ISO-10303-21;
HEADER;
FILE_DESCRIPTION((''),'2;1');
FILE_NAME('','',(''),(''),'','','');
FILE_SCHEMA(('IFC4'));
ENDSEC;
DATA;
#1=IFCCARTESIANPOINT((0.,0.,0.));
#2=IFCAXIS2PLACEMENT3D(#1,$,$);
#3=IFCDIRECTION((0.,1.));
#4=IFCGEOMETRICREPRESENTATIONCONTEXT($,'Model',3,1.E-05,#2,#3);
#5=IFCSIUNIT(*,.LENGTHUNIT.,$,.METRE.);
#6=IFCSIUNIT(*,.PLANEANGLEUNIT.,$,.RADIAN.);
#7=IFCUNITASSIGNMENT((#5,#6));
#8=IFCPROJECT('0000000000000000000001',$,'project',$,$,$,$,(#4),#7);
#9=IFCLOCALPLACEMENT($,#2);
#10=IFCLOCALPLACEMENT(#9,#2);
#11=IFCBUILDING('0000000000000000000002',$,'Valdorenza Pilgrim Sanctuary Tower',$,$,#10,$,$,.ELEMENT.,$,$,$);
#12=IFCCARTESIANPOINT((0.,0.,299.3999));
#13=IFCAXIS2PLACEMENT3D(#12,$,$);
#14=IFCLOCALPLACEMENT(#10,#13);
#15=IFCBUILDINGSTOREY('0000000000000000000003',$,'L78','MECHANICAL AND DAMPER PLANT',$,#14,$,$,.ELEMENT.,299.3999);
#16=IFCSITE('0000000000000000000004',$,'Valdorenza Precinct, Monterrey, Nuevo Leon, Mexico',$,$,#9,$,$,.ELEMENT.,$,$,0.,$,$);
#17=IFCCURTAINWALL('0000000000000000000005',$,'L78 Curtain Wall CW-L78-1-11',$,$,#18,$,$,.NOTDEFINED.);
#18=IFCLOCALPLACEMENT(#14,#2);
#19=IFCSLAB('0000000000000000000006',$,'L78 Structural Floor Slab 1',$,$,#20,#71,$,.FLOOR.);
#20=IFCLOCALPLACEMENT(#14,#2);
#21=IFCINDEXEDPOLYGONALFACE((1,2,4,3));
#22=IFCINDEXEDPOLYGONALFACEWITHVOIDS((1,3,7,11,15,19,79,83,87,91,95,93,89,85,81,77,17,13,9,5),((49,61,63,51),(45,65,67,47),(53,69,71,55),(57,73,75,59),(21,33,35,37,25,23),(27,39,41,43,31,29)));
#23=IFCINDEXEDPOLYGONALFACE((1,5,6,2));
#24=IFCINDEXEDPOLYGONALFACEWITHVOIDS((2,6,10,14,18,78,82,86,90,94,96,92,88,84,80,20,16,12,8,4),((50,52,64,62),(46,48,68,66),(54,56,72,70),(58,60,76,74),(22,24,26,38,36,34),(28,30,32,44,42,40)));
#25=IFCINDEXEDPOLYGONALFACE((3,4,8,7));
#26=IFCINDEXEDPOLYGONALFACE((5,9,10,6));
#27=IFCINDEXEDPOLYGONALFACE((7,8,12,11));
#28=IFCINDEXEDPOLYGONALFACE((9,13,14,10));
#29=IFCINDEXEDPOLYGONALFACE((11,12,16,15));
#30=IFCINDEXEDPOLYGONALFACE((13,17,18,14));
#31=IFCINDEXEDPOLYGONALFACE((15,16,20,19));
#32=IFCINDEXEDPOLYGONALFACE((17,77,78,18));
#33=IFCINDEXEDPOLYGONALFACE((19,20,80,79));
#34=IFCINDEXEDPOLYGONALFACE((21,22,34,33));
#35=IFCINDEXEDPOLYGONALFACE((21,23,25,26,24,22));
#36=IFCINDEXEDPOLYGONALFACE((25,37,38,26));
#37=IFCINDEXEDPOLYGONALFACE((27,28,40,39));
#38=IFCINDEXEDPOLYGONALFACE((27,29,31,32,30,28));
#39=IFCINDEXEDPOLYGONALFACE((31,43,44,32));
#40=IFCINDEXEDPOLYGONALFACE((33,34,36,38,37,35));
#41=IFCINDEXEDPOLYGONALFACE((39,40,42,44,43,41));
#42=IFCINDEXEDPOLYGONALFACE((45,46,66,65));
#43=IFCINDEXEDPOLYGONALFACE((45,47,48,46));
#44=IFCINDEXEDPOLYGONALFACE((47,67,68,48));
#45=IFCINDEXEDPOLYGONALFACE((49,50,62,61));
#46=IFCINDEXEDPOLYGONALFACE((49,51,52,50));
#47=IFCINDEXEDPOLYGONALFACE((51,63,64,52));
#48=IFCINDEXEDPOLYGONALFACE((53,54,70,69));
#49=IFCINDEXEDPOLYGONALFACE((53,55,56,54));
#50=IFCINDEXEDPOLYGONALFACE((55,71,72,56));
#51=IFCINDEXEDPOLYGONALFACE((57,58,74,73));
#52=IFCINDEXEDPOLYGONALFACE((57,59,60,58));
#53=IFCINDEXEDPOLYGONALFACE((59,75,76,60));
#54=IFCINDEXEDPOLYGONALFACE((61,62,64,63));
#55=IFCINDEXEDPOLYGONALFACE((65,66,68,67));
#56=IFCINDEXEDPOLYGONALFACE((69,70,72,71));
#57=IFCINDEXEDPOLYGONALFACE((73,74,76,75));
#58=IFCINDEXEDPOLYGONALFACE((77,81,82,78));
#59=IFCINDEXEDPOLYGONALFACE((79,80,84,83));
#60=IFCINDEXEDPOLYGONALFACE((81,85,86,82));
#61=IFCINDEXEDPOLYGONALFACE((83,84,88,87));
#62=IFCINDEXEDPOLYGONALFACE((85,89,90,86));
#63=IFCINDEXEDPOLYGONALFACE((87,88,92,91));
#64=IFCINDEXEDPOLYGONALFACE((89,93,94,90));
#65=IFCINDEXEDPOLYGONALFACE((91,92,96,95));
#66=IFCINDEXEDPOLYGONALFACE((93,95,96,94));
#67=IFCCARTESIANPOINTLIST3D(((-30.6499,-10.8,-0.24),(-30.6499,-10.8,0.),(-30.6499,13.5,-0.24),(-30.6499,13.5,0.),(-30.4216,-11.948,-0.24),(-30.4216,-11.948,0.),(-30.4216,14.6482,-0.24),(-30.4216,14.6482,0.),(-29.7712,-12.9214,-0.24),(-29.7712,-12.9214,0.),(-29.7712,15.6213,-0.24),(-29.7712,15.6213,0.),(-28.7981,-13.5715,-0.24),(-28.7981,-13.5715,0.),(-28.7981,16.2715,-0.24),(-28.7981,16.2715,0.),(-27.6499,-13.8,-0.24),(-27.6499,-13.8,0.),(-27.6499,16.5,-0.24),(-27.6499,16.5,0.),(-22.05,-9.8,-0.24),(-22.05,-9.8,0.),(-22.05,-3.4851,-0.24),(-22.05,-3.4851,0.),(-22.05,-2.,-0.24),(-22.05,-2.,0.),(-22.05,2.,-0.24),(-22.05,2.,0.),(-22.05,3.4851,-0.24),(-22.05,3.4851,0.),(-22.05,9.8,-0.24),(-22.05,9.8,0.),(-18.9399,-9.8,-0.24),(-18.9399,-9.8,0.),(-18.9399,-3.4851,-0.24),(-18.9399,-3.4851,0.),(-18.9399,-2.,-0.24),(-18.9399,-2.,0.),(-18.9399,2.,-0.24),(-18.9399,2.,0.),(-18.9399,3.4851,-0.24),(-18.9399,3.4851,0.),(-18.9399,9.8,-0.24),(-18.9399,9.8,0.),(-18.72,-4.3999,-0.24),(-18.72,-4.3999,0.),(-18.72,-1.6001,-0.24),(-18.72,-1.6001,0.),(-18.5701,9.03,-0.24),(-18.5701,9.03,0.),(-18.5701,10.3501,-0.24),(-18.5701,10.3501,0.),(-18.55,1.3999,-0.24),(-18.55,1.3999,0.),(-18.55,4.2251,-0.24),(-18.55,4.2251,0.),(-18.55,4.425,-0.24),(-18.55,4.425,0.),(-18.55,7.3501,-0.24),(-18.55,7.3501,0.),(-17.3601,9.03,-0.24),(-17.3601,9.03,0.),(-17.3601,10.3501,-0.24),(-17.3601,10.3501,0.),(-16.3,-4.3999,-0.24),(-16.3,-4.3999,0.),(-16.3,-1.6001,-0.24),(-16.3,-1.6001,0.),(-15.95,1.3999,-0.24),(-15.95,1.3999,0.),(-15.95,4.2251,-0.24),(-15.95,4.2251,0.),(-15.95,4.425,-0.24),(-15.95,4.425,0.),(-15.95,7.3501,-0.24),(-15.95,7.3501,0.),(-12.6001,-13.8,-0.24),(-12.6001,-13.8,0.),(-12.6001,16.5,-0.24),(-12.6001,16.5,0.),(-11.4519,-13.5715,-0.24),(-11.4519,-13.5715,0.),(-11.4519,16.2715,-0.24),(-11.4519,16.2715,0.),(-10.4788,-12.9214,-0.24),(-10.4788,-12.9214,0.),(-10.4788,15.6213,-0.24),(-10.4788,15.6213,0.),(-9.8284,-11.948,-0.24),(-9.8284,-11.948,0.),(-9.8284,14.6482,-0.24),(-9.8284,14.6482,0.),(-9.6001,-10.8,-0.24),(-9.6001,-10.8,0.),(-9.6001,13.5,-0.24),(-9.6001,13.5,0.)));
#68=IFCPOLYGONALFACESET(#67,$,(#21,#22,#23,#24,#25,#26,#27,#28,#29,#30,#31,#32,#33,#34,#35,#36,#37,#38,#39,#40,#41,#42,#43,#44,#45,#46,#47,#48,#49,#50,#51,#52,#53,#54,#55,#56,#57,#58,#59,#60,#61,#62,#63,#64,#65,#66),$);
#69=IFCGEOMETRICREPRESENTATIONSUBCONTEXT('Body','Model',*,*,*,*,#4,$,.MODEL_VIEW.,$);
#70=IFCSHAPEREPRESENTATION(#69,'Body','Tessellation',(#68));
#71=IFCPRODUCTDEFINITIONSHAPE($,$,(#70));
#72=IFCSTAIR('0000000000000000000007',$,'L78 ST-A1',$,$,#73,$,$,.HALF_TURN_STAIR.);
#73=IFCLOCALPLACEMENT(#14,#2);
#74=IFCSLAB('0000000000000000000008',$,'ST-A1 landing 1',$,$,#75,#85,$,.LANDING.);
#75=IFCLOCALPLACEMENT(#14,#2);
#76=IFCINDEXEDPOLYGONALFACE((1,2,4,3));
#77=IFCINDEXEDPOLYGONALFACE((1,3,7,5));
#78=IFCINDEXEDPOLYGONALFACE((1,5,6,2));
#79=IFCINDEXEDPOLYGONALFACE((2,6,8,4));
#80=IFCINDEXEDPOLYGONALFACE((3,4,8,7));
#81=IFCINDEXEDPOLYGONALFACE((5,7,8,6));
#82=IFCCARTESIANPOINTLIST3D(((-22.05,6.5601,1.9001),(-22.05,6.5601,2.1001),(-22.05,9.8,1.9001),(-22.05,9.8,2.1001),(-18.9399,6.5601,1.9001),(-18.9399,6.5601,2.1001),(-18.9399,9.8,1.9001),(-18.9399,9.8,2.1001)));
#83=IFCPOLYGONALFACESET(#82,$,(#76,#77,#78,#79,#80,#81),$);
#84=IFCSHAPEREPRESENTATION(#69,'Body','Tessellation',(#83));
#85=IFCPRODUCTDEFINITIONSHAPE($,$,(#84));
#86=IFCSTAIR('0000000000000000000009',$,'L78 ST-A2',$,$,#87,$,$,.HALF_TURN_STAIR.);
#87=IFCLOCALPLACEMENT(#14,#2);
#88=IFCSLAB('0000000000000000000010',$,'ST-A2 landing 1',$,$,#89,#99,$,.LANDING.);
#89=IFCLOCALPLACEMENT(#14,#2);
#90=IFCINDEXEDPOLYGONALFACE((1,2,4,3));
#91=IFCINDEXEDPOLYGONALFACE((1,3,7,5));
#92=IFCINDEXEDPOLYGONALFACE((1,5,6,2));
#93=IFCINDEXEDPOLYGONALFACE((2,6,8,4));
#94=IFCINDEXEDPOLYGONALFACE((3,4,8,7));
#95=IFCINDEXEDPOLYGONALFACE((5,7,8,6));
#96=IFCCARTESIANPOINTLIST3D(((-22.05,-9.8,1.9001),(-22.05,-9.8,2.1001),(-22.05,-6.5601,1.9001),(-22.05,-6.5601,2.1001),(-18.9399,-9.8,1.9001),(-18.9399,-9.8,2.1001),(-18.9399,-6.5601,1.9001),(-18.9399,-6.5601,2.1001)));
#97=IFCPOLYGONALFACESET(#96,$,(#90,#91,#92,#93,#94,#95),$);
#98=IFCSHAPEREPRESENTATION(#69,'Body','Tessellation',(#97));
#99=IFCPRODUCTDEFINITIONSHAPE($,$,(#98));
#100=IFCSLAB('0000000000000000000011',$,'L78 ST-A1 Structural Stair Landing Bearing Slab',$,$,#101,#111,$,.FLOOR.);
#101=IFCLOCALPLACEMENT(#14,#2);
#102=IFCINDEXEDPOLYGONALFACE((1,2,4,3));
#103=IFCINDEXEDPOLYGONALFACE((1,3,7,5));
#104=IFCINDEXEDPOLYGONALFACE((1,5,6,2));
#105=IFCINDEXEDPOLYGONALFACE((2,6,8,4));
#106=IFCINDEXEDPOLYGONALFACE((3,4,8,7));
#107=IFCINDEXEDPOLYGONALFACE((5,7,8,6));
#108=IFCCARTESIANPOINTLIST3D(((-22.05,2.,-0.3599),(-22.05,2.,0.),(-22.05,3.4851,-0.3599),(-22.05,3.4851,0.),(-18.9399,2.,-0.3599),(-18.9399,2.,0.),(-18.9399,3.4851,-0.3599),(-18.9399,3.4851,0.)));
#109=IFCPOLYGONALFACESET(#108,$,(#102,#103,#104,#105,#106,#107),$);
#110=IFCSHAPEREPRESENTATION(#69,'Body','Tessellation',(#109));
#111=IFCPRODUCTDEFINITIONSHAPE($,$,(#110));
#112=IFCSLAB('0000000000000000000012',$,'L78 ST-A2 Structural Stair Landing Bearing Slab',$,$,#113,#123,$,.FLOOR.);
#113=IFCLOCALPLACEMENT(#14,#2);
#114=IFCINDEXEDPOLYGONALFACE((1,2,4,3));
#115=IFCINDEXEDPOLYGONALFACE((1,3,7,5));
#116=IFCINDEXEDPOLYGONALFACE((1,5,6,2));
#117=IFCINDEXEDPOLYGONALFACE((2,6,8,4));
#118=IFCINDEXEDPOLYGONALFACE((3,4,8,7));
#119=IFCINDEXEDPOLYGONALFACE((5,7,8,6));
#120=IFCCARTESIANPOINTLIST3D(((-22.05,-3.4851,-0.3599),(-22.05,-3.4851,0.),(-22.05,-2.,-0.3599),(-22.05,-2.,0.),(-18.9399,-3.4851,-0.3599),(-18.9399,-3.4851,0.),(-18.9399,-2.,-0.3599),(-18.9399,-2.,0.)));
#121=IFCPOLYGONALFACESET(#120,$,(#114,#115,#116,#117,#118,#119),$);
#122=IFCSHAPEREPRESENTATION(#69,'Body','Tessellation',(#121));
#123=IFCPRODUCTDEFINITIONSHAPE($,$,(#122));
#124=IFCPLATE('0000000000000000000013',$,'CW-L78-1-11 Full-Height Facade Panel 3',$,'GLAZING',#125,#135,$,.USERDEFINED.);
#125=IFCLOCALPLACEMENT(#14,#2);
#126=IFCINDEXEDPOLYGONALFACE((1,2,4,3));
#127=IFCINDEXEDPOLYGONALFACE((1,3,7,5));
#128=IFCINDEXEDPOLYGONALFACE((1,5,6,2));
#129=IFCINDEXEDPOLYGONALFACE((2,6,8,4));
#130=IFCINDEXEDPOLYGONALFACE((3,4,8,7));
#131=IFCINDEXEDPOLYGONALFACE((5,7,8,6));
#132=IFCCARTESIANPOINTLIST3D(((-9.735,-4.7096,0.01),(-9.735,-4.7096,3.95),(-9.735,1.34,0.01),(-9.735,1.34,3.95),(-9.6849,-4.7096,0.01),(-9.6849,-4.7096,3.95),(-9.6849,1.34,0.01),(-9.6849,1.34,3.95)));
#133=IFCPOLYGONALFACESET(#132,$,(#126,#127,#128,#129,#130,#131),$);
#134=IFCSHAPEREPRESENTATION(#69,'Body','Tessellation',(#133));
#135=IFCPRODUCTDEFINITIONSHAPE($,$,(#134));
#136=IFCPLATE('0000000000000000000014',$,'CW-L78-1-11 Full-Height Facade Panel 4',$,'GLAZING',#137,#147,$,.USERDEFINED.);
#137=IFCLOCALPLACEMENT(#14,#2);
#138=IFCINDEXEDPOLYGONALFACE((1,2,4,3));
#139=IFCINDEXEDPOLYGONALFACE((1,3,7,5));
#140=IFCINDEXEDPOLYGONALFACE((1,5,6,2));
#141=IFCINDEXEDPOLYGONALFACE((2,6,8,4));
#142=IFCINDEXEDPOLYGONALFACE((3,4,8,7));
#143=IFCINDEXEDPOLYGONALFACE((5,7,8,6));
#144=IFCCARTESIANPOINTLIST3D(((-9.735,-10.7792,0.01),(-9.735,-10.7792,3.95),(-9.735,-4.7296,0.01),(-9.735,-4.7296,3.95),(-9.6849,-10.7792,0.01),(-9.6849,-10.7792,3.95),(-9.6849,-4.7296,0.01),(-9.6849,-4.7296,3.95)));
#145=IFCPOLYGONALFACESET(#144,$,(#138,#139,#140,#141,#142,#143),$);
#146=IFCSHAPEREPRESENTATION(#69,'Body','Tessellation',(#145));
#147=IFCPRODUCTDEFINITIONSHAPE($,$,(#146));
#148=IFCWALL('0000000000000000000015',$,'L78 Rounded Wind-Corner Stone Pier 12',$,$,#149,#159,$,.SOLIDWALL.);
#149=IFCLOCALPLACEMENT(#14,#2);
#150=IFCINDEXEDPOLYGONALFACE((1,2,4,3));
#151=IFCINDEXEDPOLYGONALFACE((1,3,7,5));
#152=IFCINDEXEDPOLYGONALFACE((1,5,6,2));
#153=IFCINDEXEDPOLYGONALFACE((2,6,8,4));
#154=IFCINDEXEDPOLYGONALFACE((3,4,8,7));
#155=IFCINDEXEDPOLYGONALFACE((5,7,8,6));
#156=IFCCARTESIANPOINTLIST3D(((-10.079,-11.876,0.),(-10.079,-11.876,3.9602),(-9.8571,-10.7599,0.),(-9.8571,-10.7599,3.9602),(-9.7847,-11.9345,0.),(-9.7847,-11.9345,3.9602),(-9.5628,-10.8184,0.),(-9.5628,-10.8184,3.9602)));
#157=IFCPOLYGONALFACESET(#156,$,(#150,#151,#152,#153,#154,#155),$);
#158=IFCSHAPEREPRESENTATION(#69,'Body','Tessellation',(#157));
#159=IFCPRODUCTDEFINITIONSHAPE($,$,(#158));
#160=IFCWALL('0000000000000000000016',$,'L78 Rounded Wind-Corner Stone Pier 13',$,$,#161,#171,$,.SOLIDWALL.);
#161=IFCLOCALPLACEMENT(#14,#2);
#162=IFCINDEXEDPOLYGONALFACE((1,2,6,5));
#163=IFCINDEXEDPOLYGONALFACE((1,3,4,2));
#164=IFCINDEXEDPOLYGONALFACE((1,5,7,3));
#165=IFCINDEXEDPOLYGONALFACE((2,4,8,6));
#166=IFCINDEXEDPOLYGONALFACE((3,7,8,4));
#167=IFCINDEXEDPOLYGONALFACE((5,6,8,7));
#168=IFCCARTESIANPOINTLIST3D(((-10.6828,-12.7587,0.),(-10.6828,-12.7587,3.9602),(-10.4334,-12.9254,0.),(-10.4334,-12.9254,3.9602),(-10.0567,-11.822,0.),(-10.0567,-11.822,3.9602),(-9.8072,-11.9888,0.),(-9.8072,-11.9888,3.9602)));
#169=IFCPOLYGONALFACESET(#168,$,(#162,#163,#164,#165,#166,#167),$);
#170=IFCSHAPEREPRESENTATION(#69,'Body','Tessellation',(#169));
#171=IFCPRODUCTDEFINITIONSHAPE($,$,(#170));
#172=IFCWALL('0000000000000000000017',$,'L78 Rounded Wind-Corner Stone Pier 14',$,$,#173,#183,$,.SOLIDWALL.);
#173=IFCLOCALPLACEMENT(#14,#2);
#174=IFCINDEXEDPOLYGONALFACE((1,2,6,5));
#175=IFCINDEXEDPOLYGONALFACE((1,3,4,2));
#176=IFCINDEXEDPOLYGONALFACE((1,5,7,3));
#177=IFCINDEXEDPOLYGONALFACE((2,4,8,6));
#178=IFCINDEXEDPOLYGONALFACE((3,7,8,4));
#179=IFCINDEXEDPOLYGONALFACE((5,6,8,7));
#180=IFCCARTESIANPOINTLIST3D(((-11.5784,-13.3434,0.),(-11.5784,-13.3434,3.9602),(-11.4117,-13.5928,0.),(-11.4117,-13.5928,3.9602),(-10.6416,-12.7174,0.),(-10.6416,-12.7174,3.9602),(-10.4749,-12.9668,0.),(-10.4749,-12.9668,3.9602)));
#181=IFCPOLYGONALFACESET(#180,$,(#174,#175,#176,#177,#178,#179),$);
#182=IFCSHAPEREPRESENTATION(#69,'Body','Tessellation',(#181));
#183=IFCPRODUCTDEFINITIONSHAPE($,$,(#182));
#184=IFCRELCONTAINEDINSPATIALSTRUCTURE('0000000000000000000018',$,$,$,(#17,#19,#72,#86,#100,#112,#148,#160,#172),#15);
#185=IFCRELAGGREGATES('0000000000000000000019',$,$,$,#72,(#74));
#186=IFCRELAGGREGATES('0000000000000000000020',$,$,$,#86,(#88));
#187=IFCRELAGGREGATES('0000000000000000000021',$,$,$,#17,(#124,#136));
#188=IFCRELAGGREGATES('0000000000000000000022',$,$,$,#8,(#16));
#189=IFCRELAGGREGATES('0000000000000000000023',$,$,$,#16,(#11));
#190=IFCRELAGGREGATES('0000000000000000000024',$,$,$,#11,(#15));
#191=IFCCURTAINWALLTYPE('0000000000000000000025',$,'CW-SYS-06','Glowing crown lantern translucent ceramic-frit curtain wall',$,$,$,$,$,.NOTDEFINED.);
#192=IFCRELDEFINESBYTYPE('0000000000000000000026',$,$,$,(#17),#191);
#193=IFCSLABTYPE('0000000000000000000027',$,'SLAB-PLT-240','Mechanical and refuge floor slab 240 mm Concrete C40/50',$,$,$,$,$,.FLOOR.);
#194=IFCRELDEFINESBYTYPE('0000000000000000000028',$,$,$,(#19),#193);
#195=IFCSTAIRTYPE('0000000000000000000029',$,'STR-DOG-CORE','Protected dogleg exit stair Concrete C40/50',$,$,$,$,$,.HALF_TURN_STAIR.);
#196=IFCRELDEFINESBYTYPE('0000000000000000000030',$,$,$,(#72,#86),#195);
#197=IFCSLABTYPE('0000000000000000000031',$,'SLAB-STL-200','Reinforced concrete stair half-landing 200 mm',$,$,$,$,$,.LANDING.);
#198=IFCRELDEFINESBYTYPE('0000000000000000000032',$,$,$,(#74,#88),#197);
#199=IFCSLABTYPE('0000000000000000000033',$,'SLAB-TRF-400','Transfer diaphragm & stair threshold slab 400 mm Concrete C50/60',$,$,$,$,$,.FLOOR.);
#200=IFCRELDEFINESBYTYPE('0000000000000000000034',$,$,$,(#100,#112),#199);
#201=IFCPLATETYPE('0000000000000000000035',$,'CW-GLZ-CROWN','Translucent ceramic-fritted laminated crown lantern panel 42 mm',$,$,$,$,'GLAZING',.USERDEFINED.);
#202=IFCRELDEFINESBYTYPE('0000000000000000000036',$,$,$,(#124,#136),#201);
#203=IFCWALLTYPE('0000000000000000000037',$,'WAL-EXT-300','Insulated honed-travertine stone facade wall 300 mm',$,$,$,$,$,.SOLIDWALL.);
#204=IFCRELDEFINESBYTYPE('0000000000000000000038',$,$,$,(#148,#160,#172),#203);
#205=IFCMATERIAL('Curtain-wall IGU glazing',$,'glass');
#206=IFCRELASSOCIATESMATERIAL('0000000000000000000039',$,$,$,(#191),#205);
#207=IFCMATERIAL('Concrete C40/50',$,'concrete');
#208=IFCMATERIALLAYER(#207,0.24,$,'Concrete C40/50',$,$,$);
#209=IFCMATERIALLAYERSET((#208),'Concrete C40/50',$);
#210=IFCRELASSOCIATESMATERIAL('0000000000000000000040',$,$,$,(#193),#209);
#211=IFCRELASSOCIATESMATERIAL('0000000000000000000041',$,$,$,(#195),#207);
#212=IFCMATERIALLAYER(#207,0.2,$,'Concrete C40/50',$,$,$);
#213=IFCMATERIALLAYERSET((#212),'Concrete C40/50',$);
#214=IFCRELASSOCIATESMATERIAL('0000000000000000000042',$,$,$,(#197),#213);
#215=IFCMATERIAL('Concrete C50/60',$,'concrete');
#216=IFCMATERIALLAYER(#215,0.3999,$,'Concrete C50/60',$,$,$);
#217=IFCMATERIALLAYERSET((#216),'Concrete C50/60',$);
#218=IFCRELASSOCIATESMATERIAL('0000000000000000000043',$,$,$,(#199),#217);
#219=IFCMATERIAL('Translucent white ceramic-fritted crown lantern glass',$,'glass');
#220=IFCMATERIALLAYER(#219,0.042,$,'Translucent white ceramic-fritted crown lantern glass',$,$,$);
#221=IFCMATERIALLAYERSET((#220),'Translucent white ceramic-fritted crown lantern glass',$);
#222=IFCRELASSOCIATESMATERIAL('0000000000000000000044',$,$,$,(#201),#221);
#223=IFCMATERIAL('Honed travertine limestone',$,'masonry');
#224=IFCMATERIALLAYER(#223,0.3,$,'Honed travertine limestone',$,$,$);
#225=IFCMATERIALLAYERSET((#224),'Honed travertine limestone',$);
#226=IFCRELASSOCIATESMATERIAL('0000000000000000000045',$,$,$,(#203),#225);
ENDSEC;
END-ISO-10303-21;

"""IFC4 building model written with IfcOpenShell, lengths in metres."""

from ifc_helpers import new_model, si_unit, direction, frame, frame_2d, origin, origin_2d, place, context, subcontext, project, spatial, polyline, rectangle, outline, extrude, source, transform, mapped, material, layer, layer_set, type_object, element, aggregate, save


model = new_model("IFC4")

# Units and contexts
model_context = context("Model", 3, precision=1e-05, world=origin(), true_north=direction((0.0, 1.0)))
body_context = subcontext(model_context, "Body", "Model", "MODEL_VIEW")
ifc_project = project(units=[si_unit("LENGTHUNIT", "METRE"), si_unit("PLANEANGLEUNIT", "RADIAN")], contexts=[model_context])

# Site, building, storey
site_placement = place(None, origin())
site = spatial("IfcSite", under=ifc_project, at=site_placement, Name="Valdorenza Precinct, Monterrey, Nuevo Leon, Mexico", CompositionType="ELEMENT", RefElevation=0.0)
building_placement = place(site_placement, origin())
building = spatial("IfcBuilding", under=site, at=building_placement, Name="Valdorenza Pilgrim Sanctuary Tower", CompositionType="ELEMENT")
storey_placement = place(building_placement, frame((0.0, 0.0, 299.3999)))
storey = spatial("IfcBuildingStorey", under=building, at=storey_placement, Name="L78", Description="MECHANICAL AND DAMPER PLANT", CompositionType="ELEMENT", Elevation=299.3999)

# Shared definitions
ifc_material_1 = material(Name="Concrete C50/60", Category="concrete")

# Shared definitions
ifc_material_2 = material(Name="Curtain-wall IGU glazing", Category="glass")
curtain_wall_type = type_object("IfcCurtainWallType", Name="CW-SYS-06", Description="Glowing crown lantern translucent ceramic-frit curtain wall", PredefinedType="NOTDEFINED", material=ifc_material_2)

# Curtain wall
curtain_wall_1_placement = place(storey_placement, origin())
curtain_wall_1 = element("IfcCurtainWall", 1, at=curtain_wall_1_placement, inside=storey, type_object=curtain_wall_type, Name="L78 Curtain Wall CW-L78-1-11", PredefinedType="NOTDEFINED")

# Slab
ifc_material_3 = material(Name="Concrete C40/50", Category="concrete")
ifc_layer_1 = layer(ifc_material_3, 0.24, Name="Concrete C40/50")
ifc_layer_set_1 = layer_set([ifc_layer_1], Name="Concrete C40/50")
slab_type_1 = type_object("IfcSlabType", Name="SLAB-PLT-240", Description="Mechanical and refuge floor slab 240 mm Concrete C40/50", PredefinedType="FLOOR", material=ifc_layer_set_1)
slab_1_placement = place(storey_placement, frame((0.0, 0.0, -0.24)))
element("IfcSlab", 2, at=slab_1_placement, inside=storey, type_object=slab_type_1, Name="L78 Structural Floor Slab 1", PredefinedType="FLOOR", context=body_context, shape_type="SweptSolid", body=[
    extrude(outline(polyline([(-30.6499, 13.5), (-30.4216, 14.6482), (-29.7712, 15.6213), (-28.7981, 16.2715), (-27.6499, 16.5), (-12.6001, 16.5), (-11.4519, 16.2715), (-10.4788, 15.6213), (-9.8284, 14.6482), (-9.6001, 13.5), (-9.6001, -10.8), (-9.8284, -11.948), (-10.4788, -12.9214), (-11.4519, -13.5715), (-12.6001, -13.8), (-27.6499, -13.8), (-28.7981, -13.5715), (-29.7712, -12.9214), (-30.4216, -11.948), (-30.6499, -10.8), (-30.6499, 13.5)]), holes=[polyline([(-18.9399, -9.8), (-18.9399, -3.4851), (-18.9399, -2.0), (-22.05, -2.0), (-22.05, -3.4851), (-22.05, -9.8), (-18.9399, -9.8)]), polyline([(-16.3, -1.6001), (-18.72, -1.6001), (-18.72, -4.3999), (-16.3, -4.3999), (-16.3, -1.6001)]), polyline([(-18.9399, 3.4851), (-18.9399, 9.8), (-22.05, 9.8), (-22.05, 3.4851), (-22.05, 2.0), (-18.9399, 2.0), (-18.9399, 3.4851)]), polyline([(-15.95, 4.2251), (-18.55, 4.2251), (-18.55, 1.3999), (-15.95, 1.3999), (-15.95, 4.2251)]), polyline([(-15.95, 7.3501), (-18.55, 7.3501), (-18.55, 4.425), (-15.95, 4.425), (-15.95, 7.3501)]), polyline([(-17.3601, 10.3501), (-18.5701, 10.3501), (-18.5701, 9.03), (-17.3601, 9.03), (-17.3601, 10.3501)])]), origin(), (0.0, 0.0, 1.0), 0.24),
])

# Stairs, slabs
stair_type = type_object("IfcStairType", Name="STR-DOG-CORE", Description="Protected dogleg exit stair Concrete C40/50", PredefinedType="HALF_TURN_STAIR", material=ifc_material_3)
stair_1_placement = place(storey_placement, origin())
stair_1 = element("IfcStair", 3, at=stair_1_placement, inside=storey, type_object=stair_type, Name="L78 ST-A1", PredefinedType="HALF_TURN_STAIR")
ifc_layer_2 = layer(ifc_material_3, 0.2, Name="Concrete C40/50")
ifc_layer_set_2 = layer_set([ifc_layer_2], Name="Concrete C40/50")
slab_type_2 = type_object("IfcSlabType", Name="SLAB-STL-200", Description="Reinforced concrete stair half-landing 200 mm", PredefinedType="LANDING", material=ifc_layer_set_2)
slab_2_placement = place(storey_placement, frame((0.0, 0.0, 1.9001)))
slab_2 = element("IfcSlab", 4, at=slab_2_placement, type_object=slab_type_2, Name="ST-A1 landing 1", PredefinedType="LANDING", context=body_context, shape_type="SweptSolid", body=[
    extrude(outline(polyline([(-18.9399, 6.5601), (-18.9399, 9.8), (-22.05, 9.8), (-22.05, 6.5601), (-18.9399, 6.5601)])), origin(), (0.0, 0.0, 1.0), 0.2),
])
aggregate(stair_1, [slab_2])
stair_2_placement = place(storey_placement, origin())
stair_2 = element("IfcStair", 5, at=stair_2_placement, inside=storey, type_object=stair_type, Name="L78 ST-A2", PredefinedType="HALF_TURN_STAIR")
slab_3_placement = place(storey_placement, frame((0.0, 0.0, 1.9001)))
slab_3 = element("IfcSlab", 6, at=slab_3_placement, type_object=slab_type_2, Name="ST-A2 landing 1", PredefinedType="LANDING", context=body_context, shape_type="SweptSolid", body=[
    extrude(outline(polyline([(-22.05, -6.5601), (-22.05, -9.8), (-18.9399, -9.8), (-18.9399, -6.5601), (-22.05, -6.5601)])), origin(), (0.0, 0.0, 1.0), 0.2),
])
aggregate(stair_2, [slab_3])

# Slabs
ifc_layer_3 = layer(ifc_material_1, 0.3999, Name="Concrete C50/60")
ifc_layer_set_3 = layer_set([ifc_layer_3], Name="Concrete C50/60")
slab_type_3 = type_object("IfcSlabType", Name="SLAB-TRF-400", Description="Transfer diaphragm & stair threshold slab 400 mm Concrete C50/60", PredefinedType="FLOOR", material=ifc_layer_set_3)
slab_4_placement = place(storey_placement, frame((0.0, 0.0, -0.3599)))
element("IfcSlab", 7, at=slab_4_placement, inside=storey, type_object=slab_type_3, Name="L78 ST-A1 Structural Stair Landing Bearing Slab", PredefinedType="FLOOR", context=body_context, shape_type="SweptSolid", body=[
    extrude(outline(polyline([(-22.05, 2.0), (-18.9399, 2.0), (-18.9399, 3.4851), (-22.05, 3.4851), (-22.05, 2.0)])), origin(), (0.0, 0.0, 1.0), 0.3599),
])
slab_5_placement = place(storey_placement, frame((0.0, 0.0, -0.3599)))
element("IfcSlab", 8, at=slab_5_placement, inside=storey, type_object=slab_type_3, Name="L78 ST-A2 Structural Stair Landing Bearing Slab", PredefinedType="FLOOR", context=body_context, shape_type="SweptSolid", body=[
    extrude(outline(polyline([(-22.05, -3.4851), (-18.9399, -3.4851), (-18.9399, -2.0), (-22.05, -2.0), (-22.05, -3.4851)])), origin(), (0.0, 0.0, 1.0), 0.3599),
])

# Plates
ifc_material_4 = material(Name="Translucent white ceramic-fritted crown lantern glass", Category="glass")
ifc_layer_4 = layer(ifc_material_4, 0.042, Name="Translucent white ceramic-fritted crown lantern glass")
ifc_layer_set_4 = layer_set([ifc_layer_4], Name="Translucent white ceramic-fritted crown lantern glass")
plate_type = type_object("IfcPlateType", Name="CW-GLZ-CROWN", Description="Translucent ceramic-fritted laminated crown lantern panel 42 mm", ElementType="GLAZING", PredefinedType="USERDEFINED", material=ifc_layer_set_4)
shared_shape_1 = source(origin(), body_context, "Body", "SweptSolid", [
    extrude(rectangle(XDim=6.0496, YDim=0.05, at=origin_2d()), origin(), (0.0, 0.0, 1.0), 3.9399),
])
plate_1_placement = place(storey_placement, frame((-9.71, -1.6848, 0.01), z_axis=(0.0, 0.0, 1.0), x_axis=(0.0, -1.0, 0.0)))
plate_1 = element("IfcPlate", 9, at=plate_1_placement, type_object=plate_type, Name="CW-L78-1-11 Full-Height Facade Panel 3", ObjectType="GLAZING", PredefinedType="USERDEFINED", context=body_context, shape_type="MappedRepresentation", body=[
    mapped(shared_shape_1, transform((0.0, 0.0, 0.0), x_axis=(1.0, 0.0, 0.0), y_axis=(0.0, 1.0, 0.0), z_axis=(0.0, 0.0, 1.0), scale=1.0)),
])
plate_2_placement = place(storey_placement, frame((-9.71, -7.7544, 0.01), z_axis=(0.0, 0.0, 1.0), x_axis=(0.0, -1.0, 0.0)))
plate_2 = element("IfcPlate", 10, at=plate_2_placement, type_object=plate_type, Name="CW-L78-1-11 Full-Height Facade Panel 4", ObjectType="GLAZING", PredefinedType="USERDEFINED", context=body_context, shape_type="MappedRepresentation", body=[
    mapped(shared_shape_1, transform((0.0, 0.0, 0.0), x_axis=(1.0, 0.0, 0.0), y_axis=(0.0, 1.0, 0.0), z_axis=(0.0, 0.0, 1.0), scale=1.0)),
])
aggregate(curtain_wall_1, [plate_1, plate_2])

# Walls
ifc_material_5 = material(Name="Honed travertine limestone", Category="masonry")
ifc_layer_5 = layer(ifc_material_5, 0.3, Name="Honed travertine limestone")
ifc_layer_set_5 = layer_set([ifc_layer_5], Name="Honed travertine limestone")
wall_type = type_object("IfcWallType", Name="WAL-EXT-300", Description="Insulated honed-travertine stone facade wall 300 mm", PredefinedType="SOLIDWALL", material=ifc_layer_set_5)
wall_1_placement = place(storey_placement, frame((-9.71, -10.7893, 0.0), z_axis=(0.0, 0.0, 1.0), x_axis=(-0.195043, -0.980795, 0.0)))
element("IfcWall", 11, at=wall_1_placement, inside=storey, type_object=wall_type, Name="L78 Rounded Wind-Corner Stone Pier 12", PredefinedType="SOLIDWALL", context=body_context, shape_type="SweptSolid", body=[
    extrude(rectangle(XDim=1.1379, YDim=0.3, at=frame_2d((0.5688, 0.0))), origin(), (0.0, 0.0, 1.0), 3.9602),
])
for number, where, z_axis, x_axis, name in (
    (12, (-9.9319, -11.9053, 0.0), (0.0, 0.0, 1.0), (-0.55575, -0.83135, 0.0), "L78 Rounded Wind-Corner Stone Pier 13"),
    (13, (-10.5581, -12.842, 0.0), (0.0, 0.0, 1.0), (-0.83145, -0.5556, 0.0), "L78 Rounded Wind-Corner Stone Pier 14"),
):
    element("IfcWall", number, at=place(storey_placement, frame(where, z_axis=z_axis, x_axis=x_axis)), inside=storey, type_object=wall_type, Name=name, PredefinedType="SOLIDWALL", context=body_context, shape_type="SweptSolid", body=[
        extrude(rectangle(XDim=1.1267, YDim=0.3, at=frame_2d((0.5635, 0.0))), origin(), (0.0, 0.0, 1.0), 3.9602),
    ])

save(model, "model.ifc")
